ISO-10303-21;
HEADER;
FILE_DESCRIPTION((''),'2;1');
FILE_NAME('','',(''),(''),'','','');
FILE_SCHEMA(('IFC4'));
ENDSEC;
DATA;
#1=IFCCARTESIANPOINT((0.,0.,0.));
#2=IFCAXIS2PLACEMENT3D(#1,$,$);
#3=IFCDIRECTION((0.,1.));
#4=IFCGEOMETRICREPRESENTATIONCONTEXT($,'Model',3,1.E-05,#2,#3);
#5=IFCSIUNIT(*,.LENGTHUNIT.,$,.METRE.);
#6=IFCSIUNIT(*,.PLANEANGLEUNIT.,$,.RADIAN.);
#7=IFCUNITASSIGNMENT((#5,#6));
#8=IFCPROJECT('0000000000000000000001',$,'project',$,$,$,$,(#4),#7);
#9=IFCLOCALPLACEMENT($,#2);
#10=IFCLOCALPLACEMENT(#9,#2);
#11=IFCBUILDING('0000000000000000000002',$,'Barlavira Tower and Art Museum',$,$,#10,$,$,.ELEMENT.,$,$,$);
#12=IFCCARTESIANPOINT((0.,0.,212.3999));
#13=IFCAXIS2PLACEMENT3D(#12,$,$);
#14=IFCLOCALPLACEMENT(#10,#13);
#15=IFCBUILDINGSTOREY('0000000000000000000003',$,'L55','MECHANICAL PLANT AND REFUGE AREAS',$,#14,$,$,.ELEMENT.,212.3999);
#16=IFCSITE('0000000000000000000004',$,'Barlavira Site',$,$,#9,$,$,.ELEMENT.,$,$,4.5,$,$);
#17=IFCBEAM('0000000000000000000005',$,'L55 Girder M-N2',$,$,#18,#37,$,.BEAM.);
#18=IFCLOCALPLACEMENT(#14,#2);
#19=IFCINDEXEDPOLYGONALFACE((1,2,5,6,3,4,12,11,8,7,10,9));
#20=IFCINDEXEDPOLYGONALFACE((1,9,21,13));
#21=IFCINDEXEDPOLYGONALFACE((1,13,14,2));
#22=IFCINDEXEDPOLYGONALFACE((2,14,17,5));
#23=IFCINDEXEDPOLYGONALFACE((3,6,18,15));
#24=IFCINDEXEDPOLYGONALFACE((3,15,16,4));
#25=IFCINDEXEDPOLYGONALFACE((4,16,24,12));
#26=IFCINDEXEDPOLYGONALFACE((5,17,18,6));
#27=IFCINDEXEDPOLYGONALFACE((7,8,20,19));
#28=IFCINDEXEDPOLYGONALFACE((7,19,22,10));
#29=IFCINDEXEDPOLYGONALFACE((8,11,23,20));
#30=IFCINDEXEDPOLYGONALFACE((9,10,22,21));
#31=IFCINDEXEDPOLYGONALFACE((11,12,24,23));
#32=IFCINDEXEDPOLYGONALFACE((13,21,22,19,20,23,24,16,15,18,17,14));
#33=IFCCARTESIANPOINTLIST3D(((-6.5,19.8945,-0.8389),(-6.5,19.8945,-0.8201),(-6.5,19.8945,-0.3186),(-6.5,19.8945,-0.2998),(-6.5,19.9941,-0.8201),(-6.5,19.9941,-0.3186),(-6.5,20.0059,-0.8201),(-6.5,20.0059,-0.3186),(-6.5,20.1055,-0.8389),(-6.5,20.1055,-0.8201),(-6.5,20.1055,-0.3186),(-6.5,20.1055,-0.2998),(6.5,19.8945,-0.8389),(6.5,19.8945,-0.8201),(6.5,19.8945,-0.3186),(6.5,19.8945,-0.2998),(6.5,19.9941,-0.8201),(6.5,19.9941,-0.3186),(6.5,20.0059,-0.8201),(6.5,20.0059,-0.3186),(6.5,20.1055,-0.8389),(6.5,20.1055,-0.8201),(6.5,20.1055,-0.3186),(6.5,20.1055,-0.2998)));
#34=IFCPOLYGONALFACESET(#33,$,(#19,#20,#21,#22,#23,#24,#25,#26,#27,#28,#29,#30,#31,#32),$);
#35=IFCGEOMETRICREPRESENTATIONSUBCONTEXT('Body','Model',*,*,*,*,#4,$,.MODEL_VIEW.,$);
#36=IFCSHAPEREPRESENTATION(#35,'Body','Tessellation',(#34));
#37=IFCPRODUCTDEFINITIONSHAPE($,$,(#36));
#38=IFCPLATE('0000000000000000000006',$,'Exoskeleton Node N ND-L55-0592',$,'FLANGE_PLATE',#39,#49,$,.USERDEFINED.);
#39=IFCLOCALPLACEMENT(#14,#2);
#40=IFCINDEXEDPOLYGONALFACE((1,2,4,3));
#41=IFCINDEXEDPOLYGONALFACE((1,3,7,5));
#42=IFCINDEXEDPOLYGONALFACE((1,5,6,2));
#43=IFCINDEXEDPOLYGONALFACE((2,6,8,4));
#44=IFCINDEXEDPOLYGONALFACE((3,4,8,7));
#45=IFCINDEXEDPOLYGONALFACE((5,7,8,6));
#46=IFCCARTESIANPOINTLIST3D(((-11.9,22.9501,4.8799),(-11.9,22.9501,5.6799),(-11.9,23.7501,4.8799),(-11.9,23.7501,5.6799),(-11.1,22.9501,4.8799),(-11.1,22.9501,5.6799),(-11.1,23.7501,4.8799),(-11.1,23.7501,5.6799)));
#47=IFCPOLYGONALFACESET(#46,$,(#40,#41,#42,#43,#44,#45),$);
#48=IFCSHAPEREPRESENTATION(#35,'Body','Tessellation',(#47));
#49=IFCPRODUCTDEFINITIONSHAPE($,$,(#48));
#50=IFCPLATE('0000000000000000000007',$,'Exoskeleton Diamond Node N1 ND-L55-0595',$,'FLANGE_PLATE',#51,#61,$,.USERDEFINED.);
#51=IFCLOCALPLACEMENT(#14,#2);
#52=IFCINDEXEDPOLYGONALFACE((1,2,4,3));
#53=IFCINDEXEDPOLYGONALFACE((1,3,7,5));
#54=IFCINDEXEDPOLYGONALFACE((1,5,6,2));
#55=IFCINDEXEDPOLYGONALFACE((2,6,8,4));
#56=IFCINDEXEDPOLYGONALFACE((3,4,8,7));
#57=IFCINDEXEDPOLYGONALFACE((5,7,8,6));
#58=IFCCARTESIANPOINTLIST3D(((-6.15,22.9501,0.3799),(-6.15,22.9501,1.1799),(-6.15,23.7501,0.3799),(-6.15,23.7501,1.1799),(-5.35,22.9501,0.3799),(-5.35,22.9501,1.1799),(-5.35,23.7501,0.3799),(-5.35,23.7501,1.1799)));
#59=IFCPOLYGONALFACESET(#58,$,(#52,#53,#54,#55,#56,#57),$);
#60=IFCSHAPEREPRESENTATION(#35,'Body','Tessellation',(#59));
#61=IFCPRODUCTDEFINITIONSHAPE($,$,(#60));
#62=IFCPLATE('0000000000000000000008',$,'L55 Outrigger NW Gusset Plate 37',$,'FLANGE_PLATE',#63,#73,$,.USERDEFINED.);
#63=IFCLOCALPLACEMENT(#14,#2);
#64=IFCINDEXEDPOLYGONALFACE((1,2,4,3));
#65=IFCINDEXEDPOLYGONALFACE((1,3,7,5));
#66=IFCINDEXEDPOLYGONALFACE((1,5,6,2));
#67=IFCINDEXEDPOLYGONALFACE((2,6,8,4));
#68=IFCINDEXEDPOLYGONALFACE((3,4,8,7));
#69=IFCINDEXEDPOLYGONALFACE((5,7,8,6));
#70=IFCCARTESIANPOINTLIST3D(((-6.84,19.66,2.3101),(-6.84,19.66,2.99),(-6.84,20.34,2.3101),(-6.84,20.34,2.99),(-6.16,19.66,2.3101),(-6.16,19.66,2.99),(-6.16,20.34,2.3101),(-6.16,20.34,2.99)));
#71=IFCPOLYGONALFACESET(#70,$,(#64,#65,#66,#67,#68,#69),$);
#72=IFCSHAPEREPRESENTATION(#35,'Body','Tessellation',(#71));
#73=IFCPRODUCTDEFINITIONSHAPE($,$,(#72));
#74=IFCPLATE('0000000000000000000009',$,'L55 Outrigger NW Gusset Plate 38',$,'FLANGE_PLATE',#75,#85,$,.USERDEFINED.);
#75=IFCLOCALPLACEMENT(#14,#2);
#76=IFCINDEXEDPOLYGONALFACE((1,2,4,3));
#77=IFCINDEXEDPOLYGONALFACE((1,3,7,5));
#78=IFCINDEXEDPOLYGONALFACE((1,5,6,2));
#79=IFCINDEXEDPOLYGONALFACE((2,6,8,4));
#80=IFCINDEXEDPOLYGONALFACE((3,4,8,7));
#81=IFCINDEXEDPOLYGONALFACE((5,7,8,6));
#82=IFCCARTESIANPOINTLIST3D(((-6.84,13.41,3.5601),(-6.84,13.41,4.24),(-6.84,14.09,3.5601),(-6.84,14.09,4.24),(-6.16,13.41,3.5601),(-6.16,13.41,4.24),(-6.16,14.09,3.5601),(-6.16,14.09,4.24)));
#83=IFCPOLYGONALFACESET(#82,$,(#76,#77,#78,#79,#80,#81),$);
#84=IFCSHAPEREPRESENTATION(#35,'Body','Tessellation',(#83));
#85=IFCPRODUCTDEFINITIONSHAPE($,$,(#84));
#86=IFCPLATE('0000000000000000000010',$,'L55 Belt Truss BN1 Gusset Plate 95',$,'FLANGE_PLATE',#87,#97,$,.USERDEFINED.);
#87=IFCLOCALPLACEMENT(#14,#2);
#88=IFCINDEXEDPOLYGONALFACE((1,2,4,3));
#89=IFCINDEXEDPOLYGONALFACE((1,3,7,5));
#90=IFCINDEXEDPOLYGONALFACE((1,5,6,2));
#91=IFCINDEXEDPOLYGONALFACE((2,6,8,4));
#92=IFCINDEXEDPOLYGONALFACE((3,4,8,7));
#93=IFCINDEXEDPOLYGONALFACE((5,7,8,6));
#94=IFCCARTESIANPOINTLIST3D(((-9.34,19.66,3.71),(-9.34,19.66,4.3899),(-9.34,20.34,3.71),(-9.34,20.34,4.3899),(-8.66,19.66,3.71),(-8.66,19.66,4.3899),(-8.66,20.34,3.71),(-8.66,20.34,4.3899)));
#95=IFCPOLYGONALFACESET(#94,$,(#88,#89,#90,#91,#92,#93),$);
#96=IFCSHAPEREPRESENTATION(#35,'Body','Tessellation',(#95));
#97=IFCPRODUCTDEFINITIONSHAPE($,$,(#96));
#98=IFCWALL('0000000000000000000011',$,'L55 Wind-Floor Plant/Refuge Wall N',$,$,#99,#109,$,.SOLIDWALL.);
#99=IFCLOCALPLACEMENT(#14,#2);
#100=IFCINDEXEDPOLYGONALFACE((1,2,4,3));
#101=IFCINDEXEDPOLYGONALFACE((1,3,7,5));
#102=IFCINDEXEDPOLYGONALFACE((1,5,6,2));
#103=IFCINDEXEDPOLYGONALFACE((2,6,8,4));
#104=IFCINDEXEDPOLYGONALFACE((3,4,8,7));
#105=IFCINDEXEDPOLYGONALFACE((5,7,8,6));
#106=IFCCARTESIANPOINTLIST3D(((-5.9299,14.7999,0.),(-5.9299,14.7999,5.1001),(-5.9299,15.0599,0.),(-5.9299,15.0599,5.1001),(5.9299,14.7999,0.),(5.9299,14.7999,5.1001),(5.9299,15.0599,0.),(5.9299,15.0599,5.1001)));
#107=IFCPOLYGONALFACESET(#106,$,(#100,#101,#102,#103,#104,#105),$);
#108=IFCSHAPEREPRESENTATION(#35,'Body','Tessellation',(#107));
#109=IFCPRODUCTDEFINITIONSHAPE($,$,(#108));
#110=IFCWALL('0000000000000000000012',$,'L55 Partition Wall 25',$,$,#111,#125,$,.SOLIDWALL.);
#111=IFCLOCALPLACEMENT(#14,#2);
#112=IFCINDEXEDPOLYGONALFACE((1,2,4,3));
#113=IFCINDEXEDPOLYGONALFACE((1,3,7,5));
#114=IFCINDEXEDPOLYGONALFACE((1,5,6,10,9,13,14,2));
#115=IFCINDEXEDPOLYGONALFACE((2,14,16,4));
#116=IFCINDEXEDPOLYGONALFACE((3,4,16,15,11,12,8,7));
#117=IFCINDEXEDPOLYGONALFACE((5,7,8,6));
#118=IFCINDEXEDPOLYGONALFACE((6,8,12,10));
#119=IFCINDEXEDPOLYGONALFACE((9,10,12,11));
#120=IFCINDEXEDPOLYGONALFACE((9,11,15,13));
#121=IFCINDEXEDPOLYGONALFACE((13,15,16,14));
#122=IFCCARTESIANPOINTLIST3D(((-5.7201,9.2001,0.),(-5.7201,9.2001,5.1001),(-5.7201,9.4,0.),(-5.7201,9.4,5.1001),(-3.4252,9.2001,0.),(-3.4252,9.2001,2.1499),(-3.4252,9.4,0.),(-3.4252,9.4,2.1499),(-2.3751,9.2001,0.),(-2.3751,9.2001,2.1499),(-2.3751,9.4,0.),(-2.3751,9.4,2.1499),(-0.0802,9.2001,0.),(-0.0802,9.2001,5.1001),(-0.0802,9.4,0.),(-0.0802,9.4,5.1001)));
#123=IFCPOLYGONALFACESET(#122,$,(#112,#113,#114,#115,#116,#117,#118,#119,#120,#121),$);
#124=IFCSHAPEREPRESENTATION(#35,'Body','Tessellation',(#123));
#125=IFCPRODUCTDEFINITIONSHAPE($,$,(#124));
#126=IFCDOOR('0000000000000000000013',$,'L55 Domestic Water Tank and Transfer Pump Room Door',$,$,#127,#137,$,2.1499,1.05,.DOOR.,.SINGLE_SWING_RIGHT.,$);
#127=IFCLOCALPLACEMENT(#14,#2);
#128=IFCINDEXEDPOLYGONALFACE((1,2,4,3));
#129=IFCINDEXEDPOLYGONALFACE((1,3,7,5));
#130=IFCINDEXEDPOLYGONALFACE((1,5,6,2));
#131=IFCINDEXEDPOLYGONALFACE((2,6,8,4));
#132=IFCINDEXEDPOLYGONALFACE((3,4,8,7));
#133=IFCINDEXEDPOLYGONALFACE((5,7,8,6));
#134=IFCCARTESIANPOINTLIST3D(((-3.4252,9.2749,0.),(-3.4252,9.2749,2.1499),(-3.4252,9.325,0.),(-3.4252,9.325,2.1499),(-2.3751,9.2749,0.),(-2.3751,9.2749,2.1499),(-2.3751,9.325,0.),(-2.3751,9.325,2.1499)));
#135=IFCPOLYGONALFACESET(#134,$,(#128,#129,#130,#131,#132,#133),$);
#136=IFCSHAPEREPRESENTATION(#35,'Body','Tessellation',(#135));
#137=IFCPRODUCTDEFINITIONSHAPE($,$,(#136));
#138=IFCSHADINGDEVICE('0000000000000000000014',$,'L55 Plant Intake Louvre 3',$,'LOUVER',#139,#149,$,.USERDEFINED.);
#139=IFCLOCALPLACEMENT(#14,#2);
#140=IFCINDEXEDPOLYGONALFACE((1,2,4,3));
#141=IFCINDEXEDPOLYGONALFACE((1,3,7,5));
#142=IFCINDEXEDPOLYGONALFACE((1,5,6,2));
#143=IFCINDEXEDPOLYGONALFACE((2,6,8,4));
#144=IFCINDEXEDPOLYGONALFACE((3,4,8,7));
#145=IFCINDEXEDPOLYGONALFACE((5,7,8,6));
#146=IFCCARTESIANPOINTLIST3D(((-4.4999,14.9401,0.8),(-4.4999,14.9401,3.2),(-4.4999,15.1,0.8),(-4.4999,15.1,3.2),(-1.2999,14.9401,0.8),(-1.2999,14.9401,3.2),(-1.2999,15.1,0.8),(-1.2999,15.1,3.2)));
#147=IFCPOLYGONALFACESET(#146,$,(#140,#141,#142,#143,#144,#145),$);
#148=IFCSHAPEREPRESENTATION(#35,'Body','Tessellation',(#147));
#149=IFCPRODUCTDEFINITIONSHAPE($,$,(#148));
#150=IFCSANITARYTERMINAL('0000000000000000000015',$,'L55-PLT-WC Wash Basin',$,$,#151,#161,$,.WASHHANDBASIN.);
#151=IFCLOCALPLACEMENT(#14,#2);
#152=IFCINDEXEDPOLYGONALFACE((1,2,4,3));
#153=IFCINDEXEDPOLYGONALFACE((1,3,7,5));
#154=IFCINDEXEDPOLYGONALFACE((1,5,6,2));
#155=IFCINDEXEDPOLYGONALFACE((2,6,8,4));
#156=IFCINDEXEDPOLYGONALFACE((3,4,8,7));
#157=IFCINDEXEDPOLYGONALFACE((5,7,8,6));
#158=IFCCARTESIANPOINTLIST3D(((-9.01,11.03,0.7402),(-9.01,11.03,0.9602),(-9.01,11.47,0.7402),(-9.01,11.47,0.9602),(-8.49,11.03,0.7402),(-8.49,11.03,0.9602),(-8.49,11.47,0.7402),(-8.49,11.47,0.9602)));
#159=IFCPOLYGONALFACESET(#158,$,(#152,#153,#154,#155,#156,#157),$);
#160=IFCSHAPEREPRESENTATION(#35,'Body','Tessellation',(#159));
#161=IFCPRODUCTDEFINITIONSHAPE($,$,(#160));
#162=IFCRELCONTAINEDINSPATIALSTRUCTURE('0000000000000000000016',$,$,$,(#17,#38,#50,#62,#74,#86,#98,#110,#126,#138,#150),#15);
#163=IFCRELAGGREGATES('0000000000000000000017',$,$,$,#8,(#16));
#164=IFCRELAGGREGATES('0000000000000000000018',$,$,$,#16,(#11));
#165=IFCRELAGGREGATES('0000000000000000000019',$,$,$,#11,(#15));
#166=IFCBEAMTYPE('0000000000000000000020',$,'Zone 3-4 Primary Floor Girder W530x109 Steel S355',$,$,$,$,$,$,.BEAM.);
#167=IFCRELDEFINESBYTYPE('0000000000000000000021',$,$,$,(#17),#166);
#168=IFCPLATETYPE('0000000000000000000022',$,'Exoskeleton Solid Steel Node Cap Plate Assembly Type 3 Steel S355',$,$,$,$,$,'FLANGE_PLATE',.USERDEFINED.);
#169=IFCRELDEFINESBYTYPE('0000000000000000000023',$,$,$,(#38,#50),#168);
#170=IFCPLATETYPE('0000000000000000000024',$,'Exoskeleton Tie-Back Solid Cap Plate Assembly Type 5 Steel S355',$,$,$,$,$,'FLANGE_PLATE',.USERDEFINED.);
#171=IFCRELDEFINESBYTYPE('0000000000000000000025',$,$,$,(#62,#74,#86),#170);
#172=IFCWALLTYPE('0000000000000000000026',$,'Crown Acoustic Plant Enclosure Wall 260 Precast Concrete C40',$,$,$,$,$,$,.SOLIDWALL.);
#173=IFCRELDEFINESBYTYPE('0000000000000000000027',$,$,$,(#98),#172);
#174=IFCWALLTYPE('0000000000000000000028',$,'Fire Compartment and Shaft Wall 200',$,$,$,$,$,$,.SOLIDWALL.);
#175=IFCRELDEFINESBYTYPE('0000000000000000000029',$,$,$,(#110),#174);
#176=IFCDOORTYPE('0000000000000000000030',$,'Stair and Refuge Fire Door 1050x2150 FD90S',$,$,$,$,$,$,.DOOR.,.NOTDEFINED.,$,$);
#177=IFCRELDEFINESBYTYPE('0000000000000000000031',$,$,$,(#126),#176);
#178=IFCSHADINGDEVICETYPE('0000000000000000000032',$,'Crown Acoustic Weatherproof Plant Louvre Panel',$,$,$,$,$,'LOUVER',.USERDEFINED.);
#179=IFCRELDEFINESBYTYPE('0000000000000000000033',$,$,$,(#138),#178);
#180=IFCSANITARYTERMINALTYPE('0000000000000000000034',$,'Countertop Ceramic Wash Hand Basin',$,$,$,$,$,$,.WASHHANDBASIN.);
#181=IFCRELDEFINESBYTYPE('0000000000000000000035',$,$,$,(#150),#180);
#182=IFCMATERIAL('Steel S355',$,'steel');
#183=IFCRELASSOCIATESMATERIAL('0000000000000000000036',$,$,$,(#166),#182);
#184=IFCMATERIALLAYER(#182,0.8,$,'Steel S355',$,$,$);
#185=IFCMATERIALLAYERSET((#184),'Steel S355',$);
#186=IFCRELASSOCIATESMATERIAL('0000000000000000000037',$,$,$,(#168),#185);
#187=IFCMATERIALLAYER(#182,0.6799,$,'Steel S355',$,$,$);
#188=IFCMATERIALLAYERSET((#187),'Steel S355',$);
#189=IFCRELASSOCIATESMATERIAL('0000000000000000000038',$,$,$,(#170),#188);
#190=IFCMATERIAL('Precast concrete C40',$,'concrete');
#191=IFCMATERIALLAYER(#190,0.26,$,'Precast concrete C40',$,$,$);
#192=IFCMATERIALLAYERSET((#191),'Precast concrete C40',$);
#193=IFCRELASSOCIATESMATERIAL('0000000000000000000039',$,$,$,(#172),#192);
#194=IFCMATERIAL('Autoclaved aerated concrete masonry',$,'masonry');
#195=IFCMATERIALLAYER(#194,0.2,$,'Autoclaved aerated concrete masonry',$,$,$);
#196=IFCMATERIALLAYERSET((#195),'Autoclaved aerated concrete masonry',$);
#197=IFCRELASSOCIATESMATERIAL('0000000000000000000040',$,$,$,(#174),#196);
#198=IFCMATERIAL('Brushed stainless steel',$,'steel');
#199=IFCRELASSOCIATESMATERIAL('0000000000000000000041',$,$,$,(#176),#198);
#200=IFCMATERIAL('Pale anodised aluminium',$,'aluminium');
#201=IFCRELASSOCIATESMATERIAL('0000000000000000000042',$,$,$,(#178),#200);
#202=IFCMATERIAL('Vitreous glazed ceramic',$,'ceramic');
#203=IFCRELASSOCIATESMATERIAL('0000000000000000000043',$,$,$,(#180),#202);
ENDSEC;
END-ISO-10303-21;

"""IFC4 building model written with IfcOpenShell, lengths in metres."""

from ifc_helpers import new_model, si_unit, direction, frame, frame_2d, origin, origin_2d, place, context, subcontext, project, spatial, rectangle, i_section, extrude, material, layer, layer_set, material_profile, profile_set, type_object, element, fill, save


model = new_model("IFC4")

# Units and contexts
model_context = context("Model", 3, precision=1e-05, world=origin(), true_north=direction((0.0, 1.0)))
body_context = subcontext(model_context, "Body", "Model", "MODEL_VIEW")
ifc_project = project(units=[si_unit("LENGTHUNIT", "METRE"), si_unit("PLANEANGLEUNIT", "RADIAN")], contexts=[model_context])

# Site, building, storey
site_placement = place(None, origin())
site = spatial("IfcSite", under=ifc_project, at=site_placement, Name="Barlavira Site", CompositionType="ELEMENT", RefElevation=4.5)
building_placement = place(site_placement, origin())
building = spatial("IfcBuilding", under=site, at=building_placement, Name="Barlavira Tower and Art Museum", CompositionType="ELEMENT")
storey_placement = place(building_placement, frame((0.0, 0.0, 212.3999)))
storey = spatial("IfcBuildingStorey", under=building, at=storey_placement, Name="L55", Description="MECHANICAL PLANT AND REFUGE AREAS", CompositionType="ELEMENT", Elevation=212.3999)

# Shared definitions
ifc_material_1 = material(Name="Steel S355", Category="steel")

# Beam
ifc_material_profile_1 = material_profile(ifc_material_1, i_section(OverallWidth=0.2109, OverallDepth=0.5391, WebThickness=0.0117, FlangeThickness=0.0188, at=origin_2d()), Name="W530x109.0")
ifc_profile_set_1 = profile_set([ifc_material_profile_1], Name="Steel S355")
beam_type_1 = type_object("IfcBeamType", Name="Zone 3-4 Primary Floor Girder W530x109 Steel S355", PredefinedType="BEAM", material=ifc_profile_set_1)
beam_1_placement = place(storey_placement, frame((-6.5, 20.0, -0.5693), z_axis=(1.0, 0.0, 0.0), x_axis=(0.0, 1.0, 0.0)))
element("IfcBeam", 1, at=beam_1_placement, inside=storey, type_object=beam_type_1, Name="L55 Girder M-N2", PredefinedType="BEAM", context=body_context, shape_type="SweptSolid", body=[
    extrude(i_section(OverallWidth=0.2109, OverallDepth=0.5391, WebThickness=0.0117, FlangeThickness=0.0188, at=origin_2d()), origin(), (0.0, 0.0, 1.0), 13.0),
])

# Plates
ifc_layer_1 = layer(ifc_material_1, 0.8, Name="Steel S355")
ifc_layer_set_1 = layer_set([ifc_layer_1], Name="Steel S355")
plate_type_1 = type_object("IfcPlateType", Name="Exoskeleton Solid Steel Node Cap Plate Assembly Type 3 Steel S355", ElementType="FLANGE_PLATE", PredefinedType="USERDEFINED", material=ifc_layer_set_1)
for number, where, z_axis, x_axis, name in (
    (2, (-11.5, 23.3501, 4.8799), (0.0, 0.0, 1.0), (1.0, 0.0, 0.0), "Exoskeleton Node N ND-L55-0592"),
    (3, (-5.75, 23.3501, 0.3799), (0.0, 0.0, 1.0), (1.0, 0.0, 0.0), "Exoskeleton Diamond Node N1 ND-L55-0595"),
):
    element("IfcPlate", number, at=place(storey_placement, frame(where, z_axis=z_axis, x_axis=x_axis)), inside=storey, type_object=plate_type_1, Name=name, ObjectType="FLANGE_PLATE", PredefinedType="USERDEFINED", context=body_context, shape_type="SweptSolid", body=[
        extrude(rectangle(XDim=0.8, YDim=0.8, at=origin_2d()), origin(), (0.0, 0.0, 1.0), 0.8),
    ])
ifc_layer_2 = layer(ifc_material_1, 0.6799, Name="Steel S355")
ifc_layer_set_2 = layer_set([ifc_layer_2], Name="Steel S355")
plate_type_2 = type_object("IfcPlateType", Name="Exoskeleton Tie-Back Solid Cap Plate Assembly Type 5 Steel S355", ElementType="FLANGE_PLATE", PredefinedType="USERDEFINED", material=ifc_layer_set_2)
for number, where, z_axis, x_axis, name in (
    (4, (-6.5, 20.0, 2.3101), (0.0, 0.0, 1.0), (1.0, 0.0, 0.0), "L55 Outrigger NW Gusset Plate 37"),
    (5, (-6.5, 13.75, 3.5601), (0.0, 0.0, 1.0), (1.0, 0.0, 0.0), "L55 Outrigger NW Gusset Plate 38"),
    (6, (-9.0, 20.0, 3.71), (0.0, 0.0, 1.0), (1.0, 0.0, 0.0), "L55 Belt Truss BN1 Gusset Plate 95"),
):
    element("IfcPlate", number, at=place(storey_placement, frame(where, z_axis=z_axis, x_axis=x_axis)), inside=storey, type_object=plate_type_2, Name=name, ObjectType="FLANGE_PLATE", PredefinedType="USERDEFINED", context=body_context, shape_type="SweptSolid", body=[
        extrude(rectangle(XDim=0.6799, YDim=0.6799, at=origin_2d()), origin(), (0.0, 0.0, 1.0), 0.6799),
    ])

# Wall
ifc_material_2 = material(Name="Precast concrete C40", Category="concrete")
ifc_layer_3 = layer(ifc_material_2, 0.26, Name="Precast concrete C40")
ifc_layer_set_3 = layer_set([ifc_layer_3], Name="Precast concrete C40")
wall_type_1 = type_object("IfcWallType", Name="Crown Acoustic Plant Enclosure Wall 260 Precast Concrete C40", PredefinedType="SOLIDWALL", material=ifc_layer_set_3)
wall_1_placement = place(storey_placement, frame((-5.9299, 14.9299, 0.0), z_axis=(0.0, 0.0, 1.0), x_axis=(1.0, 0.0, 0.0)))
element("IfcWall", 7, at=wall_1_placement, inside=storey, type_object=wall_type_1, Name="L55 Wind-Floor Plant/Refuge Wall N", PredefinedType="SOLIDWALL", context=body_context, shape_type="SweptSolid", body=[
    extrude(rectangle(XDim=11.8599, YDim=0.26, at=frame_2d((5.9299, 0.0))), origin(), (0.0, 0.0, 1.0), 5.1001),
])

# Wall, opening, door
ifc_material_3 = material(Name="Autoclaved aerated concrete masonry", Category="masonry")
ifc_layer_4 = layer(ifc_material_3, 0.2, Name="Autoclaved aerated concrete masonry")
ifc_layer_set_4 = layer_set([ifc_layer_4], Name="Autoclaved aerated concrete masonry")
wall_type_2 = type_object("IfcWallType", Name="Fire Compartment and Shaft Wall 200", PredefinedType="SOLIDWALL", material=ifc_layer_set_4)
wall_2_placement = place(storey_placement, frame((-5.72, 9.3, 0.0), z_axis=(0.0, 0.0, 1.0), x_axis=(1.0, 0.0, 0.0)))
wall_2 = element("IfcWall", 8, at=wall_2_placement, inside=storey, type_object=wall_type_2, Name="L55 Partition Wall 25", PredefinedType="SOLIDWALL", context=body_context, shape_type="SweptSolid", body=[
    extrude(rectangle(XDim=5.6399, YDim=0.2, at=frame_2d((2.8198, 0.0))), origin(), (0.0, 0.0, 1.0), 5.1001),
])
opening_placement = place(wall_2_placement, frame((2.2949, 0.0, 0.0)))
opening = element("IfcOpeningElement", 9, at=opening_placement, cuts=wall_2, PredefinedType="OPENING", context=body_context, shape_type="SweptSolid", body=[
    extrude(rectangle(XDim=1.05, YDim=2.1499, at=frame_2d((0.5249, 1.075))), frame((0.0, 0.1099, 0.0), z_axis=(0.0, -1.0, 0.0), x_axis=(1.0, 0.0, 0.0)), (0.0, 0.0, 1.0), 0.22),
])
ifc_material_4 = material(Name="Brushed stainless steel", Category="steel")
door_type = type_object("IfcDoorType", Name="Stair and Refuge Fire Door 1050x2150 FD90S", OperationType="NOTDEFINED", PredefinedType="DOOR", material=ifc_material_4)
door_placement = place(opening_placement, origin())
door = element("IfcDoor", 10, at=door_placement, inside=storey, type_object=door_type, Name="L55 Domestic Water Tank and Transfer Pump Room Door", OperationType="SINGLE_SWING_RIGHT", OverallHeight=2.1499, OverallWidth=1.05, PredefinedType="DOOR", context=body_context, shape_type="SweptSolid", body=[
    extrude(rectangle(XDim=1.05, YDim=2.1499, at=frame_2d((0.5249, 1.075))), frame((0.0, 0.0249, 0.0), z_axis=(0.0, -1.0, 0.0), x_axis=(1.0, 0.0, 0.0)), (0.0, 0.0, 1.0), 0.05),
])
fill(opening, door)

# Shading device
ifc_material_5 = material(Name="Pale anodised aluminium", Category="aluminium")
shading_device_type = type_object("IfcShadingDeviceType", Name="Crown Acoustic Weatherproof Plant Louvre Panel", ElementType="LOUVER", PredefinedType="USERDEFINED", material=ifc_material_5)
shading_device_placement = place(storey_placement, frame((-2.8999, 15.02, 0.8), z_axis=(0.0, 0.0, 1.0), x_axis=(1.0, 0.0, 0.0)))
element("IfcShadingDevice", 11, at=shading_device_placement, inside=storey, type_object=shading_device_type, Name="L55 Plant Intake Louvre 3", ObjectType="LOUVER", PredefinedType="USERDEFINED", context=body_context, shape_type="SweptSolid", body=[
    extrude(rectangle(XDim=3.2, YDim=0.1599, at=origin_2d()), origin(), (0.0, 0.0, 1.0), 2.3999),
])

# Sanitary terminal
ifc_material_6 = material(Name="Vitreous glazed ceramic", Category="ceramic")
sanitary_terminal_type = type_object("IfcSanitaryTerminalType", Name="Countertop Ceramic Wash Hand Basin", PredefinedType="WASHHANDBASIN", material=ifc_material_6)
sanitary_terminal_placement = place(storey_placement, frame((-8.75, 11.25, 0.7402), z_axis=(0.0, 0.0, 1.0), x_axis=(1.0, 0.0, 0.0)))
element("IfcSanitaryTerminal", 12, at=sanitary_terminal_placement, inside=storey, type_object=sanitary_terminal_type, Name="L55-PLT-WC Wash Basin", PredefinedType="WASHHANDBASIN", context=body_context, shape_type="SweptSolid", body=[
    extrude(rectangle(XDim=0.52, YDim=0.4399, at=origin_2d()), origin(), (0.0, 0.0, 1.0), 0.22),
])

save(model, "model.ifc")
